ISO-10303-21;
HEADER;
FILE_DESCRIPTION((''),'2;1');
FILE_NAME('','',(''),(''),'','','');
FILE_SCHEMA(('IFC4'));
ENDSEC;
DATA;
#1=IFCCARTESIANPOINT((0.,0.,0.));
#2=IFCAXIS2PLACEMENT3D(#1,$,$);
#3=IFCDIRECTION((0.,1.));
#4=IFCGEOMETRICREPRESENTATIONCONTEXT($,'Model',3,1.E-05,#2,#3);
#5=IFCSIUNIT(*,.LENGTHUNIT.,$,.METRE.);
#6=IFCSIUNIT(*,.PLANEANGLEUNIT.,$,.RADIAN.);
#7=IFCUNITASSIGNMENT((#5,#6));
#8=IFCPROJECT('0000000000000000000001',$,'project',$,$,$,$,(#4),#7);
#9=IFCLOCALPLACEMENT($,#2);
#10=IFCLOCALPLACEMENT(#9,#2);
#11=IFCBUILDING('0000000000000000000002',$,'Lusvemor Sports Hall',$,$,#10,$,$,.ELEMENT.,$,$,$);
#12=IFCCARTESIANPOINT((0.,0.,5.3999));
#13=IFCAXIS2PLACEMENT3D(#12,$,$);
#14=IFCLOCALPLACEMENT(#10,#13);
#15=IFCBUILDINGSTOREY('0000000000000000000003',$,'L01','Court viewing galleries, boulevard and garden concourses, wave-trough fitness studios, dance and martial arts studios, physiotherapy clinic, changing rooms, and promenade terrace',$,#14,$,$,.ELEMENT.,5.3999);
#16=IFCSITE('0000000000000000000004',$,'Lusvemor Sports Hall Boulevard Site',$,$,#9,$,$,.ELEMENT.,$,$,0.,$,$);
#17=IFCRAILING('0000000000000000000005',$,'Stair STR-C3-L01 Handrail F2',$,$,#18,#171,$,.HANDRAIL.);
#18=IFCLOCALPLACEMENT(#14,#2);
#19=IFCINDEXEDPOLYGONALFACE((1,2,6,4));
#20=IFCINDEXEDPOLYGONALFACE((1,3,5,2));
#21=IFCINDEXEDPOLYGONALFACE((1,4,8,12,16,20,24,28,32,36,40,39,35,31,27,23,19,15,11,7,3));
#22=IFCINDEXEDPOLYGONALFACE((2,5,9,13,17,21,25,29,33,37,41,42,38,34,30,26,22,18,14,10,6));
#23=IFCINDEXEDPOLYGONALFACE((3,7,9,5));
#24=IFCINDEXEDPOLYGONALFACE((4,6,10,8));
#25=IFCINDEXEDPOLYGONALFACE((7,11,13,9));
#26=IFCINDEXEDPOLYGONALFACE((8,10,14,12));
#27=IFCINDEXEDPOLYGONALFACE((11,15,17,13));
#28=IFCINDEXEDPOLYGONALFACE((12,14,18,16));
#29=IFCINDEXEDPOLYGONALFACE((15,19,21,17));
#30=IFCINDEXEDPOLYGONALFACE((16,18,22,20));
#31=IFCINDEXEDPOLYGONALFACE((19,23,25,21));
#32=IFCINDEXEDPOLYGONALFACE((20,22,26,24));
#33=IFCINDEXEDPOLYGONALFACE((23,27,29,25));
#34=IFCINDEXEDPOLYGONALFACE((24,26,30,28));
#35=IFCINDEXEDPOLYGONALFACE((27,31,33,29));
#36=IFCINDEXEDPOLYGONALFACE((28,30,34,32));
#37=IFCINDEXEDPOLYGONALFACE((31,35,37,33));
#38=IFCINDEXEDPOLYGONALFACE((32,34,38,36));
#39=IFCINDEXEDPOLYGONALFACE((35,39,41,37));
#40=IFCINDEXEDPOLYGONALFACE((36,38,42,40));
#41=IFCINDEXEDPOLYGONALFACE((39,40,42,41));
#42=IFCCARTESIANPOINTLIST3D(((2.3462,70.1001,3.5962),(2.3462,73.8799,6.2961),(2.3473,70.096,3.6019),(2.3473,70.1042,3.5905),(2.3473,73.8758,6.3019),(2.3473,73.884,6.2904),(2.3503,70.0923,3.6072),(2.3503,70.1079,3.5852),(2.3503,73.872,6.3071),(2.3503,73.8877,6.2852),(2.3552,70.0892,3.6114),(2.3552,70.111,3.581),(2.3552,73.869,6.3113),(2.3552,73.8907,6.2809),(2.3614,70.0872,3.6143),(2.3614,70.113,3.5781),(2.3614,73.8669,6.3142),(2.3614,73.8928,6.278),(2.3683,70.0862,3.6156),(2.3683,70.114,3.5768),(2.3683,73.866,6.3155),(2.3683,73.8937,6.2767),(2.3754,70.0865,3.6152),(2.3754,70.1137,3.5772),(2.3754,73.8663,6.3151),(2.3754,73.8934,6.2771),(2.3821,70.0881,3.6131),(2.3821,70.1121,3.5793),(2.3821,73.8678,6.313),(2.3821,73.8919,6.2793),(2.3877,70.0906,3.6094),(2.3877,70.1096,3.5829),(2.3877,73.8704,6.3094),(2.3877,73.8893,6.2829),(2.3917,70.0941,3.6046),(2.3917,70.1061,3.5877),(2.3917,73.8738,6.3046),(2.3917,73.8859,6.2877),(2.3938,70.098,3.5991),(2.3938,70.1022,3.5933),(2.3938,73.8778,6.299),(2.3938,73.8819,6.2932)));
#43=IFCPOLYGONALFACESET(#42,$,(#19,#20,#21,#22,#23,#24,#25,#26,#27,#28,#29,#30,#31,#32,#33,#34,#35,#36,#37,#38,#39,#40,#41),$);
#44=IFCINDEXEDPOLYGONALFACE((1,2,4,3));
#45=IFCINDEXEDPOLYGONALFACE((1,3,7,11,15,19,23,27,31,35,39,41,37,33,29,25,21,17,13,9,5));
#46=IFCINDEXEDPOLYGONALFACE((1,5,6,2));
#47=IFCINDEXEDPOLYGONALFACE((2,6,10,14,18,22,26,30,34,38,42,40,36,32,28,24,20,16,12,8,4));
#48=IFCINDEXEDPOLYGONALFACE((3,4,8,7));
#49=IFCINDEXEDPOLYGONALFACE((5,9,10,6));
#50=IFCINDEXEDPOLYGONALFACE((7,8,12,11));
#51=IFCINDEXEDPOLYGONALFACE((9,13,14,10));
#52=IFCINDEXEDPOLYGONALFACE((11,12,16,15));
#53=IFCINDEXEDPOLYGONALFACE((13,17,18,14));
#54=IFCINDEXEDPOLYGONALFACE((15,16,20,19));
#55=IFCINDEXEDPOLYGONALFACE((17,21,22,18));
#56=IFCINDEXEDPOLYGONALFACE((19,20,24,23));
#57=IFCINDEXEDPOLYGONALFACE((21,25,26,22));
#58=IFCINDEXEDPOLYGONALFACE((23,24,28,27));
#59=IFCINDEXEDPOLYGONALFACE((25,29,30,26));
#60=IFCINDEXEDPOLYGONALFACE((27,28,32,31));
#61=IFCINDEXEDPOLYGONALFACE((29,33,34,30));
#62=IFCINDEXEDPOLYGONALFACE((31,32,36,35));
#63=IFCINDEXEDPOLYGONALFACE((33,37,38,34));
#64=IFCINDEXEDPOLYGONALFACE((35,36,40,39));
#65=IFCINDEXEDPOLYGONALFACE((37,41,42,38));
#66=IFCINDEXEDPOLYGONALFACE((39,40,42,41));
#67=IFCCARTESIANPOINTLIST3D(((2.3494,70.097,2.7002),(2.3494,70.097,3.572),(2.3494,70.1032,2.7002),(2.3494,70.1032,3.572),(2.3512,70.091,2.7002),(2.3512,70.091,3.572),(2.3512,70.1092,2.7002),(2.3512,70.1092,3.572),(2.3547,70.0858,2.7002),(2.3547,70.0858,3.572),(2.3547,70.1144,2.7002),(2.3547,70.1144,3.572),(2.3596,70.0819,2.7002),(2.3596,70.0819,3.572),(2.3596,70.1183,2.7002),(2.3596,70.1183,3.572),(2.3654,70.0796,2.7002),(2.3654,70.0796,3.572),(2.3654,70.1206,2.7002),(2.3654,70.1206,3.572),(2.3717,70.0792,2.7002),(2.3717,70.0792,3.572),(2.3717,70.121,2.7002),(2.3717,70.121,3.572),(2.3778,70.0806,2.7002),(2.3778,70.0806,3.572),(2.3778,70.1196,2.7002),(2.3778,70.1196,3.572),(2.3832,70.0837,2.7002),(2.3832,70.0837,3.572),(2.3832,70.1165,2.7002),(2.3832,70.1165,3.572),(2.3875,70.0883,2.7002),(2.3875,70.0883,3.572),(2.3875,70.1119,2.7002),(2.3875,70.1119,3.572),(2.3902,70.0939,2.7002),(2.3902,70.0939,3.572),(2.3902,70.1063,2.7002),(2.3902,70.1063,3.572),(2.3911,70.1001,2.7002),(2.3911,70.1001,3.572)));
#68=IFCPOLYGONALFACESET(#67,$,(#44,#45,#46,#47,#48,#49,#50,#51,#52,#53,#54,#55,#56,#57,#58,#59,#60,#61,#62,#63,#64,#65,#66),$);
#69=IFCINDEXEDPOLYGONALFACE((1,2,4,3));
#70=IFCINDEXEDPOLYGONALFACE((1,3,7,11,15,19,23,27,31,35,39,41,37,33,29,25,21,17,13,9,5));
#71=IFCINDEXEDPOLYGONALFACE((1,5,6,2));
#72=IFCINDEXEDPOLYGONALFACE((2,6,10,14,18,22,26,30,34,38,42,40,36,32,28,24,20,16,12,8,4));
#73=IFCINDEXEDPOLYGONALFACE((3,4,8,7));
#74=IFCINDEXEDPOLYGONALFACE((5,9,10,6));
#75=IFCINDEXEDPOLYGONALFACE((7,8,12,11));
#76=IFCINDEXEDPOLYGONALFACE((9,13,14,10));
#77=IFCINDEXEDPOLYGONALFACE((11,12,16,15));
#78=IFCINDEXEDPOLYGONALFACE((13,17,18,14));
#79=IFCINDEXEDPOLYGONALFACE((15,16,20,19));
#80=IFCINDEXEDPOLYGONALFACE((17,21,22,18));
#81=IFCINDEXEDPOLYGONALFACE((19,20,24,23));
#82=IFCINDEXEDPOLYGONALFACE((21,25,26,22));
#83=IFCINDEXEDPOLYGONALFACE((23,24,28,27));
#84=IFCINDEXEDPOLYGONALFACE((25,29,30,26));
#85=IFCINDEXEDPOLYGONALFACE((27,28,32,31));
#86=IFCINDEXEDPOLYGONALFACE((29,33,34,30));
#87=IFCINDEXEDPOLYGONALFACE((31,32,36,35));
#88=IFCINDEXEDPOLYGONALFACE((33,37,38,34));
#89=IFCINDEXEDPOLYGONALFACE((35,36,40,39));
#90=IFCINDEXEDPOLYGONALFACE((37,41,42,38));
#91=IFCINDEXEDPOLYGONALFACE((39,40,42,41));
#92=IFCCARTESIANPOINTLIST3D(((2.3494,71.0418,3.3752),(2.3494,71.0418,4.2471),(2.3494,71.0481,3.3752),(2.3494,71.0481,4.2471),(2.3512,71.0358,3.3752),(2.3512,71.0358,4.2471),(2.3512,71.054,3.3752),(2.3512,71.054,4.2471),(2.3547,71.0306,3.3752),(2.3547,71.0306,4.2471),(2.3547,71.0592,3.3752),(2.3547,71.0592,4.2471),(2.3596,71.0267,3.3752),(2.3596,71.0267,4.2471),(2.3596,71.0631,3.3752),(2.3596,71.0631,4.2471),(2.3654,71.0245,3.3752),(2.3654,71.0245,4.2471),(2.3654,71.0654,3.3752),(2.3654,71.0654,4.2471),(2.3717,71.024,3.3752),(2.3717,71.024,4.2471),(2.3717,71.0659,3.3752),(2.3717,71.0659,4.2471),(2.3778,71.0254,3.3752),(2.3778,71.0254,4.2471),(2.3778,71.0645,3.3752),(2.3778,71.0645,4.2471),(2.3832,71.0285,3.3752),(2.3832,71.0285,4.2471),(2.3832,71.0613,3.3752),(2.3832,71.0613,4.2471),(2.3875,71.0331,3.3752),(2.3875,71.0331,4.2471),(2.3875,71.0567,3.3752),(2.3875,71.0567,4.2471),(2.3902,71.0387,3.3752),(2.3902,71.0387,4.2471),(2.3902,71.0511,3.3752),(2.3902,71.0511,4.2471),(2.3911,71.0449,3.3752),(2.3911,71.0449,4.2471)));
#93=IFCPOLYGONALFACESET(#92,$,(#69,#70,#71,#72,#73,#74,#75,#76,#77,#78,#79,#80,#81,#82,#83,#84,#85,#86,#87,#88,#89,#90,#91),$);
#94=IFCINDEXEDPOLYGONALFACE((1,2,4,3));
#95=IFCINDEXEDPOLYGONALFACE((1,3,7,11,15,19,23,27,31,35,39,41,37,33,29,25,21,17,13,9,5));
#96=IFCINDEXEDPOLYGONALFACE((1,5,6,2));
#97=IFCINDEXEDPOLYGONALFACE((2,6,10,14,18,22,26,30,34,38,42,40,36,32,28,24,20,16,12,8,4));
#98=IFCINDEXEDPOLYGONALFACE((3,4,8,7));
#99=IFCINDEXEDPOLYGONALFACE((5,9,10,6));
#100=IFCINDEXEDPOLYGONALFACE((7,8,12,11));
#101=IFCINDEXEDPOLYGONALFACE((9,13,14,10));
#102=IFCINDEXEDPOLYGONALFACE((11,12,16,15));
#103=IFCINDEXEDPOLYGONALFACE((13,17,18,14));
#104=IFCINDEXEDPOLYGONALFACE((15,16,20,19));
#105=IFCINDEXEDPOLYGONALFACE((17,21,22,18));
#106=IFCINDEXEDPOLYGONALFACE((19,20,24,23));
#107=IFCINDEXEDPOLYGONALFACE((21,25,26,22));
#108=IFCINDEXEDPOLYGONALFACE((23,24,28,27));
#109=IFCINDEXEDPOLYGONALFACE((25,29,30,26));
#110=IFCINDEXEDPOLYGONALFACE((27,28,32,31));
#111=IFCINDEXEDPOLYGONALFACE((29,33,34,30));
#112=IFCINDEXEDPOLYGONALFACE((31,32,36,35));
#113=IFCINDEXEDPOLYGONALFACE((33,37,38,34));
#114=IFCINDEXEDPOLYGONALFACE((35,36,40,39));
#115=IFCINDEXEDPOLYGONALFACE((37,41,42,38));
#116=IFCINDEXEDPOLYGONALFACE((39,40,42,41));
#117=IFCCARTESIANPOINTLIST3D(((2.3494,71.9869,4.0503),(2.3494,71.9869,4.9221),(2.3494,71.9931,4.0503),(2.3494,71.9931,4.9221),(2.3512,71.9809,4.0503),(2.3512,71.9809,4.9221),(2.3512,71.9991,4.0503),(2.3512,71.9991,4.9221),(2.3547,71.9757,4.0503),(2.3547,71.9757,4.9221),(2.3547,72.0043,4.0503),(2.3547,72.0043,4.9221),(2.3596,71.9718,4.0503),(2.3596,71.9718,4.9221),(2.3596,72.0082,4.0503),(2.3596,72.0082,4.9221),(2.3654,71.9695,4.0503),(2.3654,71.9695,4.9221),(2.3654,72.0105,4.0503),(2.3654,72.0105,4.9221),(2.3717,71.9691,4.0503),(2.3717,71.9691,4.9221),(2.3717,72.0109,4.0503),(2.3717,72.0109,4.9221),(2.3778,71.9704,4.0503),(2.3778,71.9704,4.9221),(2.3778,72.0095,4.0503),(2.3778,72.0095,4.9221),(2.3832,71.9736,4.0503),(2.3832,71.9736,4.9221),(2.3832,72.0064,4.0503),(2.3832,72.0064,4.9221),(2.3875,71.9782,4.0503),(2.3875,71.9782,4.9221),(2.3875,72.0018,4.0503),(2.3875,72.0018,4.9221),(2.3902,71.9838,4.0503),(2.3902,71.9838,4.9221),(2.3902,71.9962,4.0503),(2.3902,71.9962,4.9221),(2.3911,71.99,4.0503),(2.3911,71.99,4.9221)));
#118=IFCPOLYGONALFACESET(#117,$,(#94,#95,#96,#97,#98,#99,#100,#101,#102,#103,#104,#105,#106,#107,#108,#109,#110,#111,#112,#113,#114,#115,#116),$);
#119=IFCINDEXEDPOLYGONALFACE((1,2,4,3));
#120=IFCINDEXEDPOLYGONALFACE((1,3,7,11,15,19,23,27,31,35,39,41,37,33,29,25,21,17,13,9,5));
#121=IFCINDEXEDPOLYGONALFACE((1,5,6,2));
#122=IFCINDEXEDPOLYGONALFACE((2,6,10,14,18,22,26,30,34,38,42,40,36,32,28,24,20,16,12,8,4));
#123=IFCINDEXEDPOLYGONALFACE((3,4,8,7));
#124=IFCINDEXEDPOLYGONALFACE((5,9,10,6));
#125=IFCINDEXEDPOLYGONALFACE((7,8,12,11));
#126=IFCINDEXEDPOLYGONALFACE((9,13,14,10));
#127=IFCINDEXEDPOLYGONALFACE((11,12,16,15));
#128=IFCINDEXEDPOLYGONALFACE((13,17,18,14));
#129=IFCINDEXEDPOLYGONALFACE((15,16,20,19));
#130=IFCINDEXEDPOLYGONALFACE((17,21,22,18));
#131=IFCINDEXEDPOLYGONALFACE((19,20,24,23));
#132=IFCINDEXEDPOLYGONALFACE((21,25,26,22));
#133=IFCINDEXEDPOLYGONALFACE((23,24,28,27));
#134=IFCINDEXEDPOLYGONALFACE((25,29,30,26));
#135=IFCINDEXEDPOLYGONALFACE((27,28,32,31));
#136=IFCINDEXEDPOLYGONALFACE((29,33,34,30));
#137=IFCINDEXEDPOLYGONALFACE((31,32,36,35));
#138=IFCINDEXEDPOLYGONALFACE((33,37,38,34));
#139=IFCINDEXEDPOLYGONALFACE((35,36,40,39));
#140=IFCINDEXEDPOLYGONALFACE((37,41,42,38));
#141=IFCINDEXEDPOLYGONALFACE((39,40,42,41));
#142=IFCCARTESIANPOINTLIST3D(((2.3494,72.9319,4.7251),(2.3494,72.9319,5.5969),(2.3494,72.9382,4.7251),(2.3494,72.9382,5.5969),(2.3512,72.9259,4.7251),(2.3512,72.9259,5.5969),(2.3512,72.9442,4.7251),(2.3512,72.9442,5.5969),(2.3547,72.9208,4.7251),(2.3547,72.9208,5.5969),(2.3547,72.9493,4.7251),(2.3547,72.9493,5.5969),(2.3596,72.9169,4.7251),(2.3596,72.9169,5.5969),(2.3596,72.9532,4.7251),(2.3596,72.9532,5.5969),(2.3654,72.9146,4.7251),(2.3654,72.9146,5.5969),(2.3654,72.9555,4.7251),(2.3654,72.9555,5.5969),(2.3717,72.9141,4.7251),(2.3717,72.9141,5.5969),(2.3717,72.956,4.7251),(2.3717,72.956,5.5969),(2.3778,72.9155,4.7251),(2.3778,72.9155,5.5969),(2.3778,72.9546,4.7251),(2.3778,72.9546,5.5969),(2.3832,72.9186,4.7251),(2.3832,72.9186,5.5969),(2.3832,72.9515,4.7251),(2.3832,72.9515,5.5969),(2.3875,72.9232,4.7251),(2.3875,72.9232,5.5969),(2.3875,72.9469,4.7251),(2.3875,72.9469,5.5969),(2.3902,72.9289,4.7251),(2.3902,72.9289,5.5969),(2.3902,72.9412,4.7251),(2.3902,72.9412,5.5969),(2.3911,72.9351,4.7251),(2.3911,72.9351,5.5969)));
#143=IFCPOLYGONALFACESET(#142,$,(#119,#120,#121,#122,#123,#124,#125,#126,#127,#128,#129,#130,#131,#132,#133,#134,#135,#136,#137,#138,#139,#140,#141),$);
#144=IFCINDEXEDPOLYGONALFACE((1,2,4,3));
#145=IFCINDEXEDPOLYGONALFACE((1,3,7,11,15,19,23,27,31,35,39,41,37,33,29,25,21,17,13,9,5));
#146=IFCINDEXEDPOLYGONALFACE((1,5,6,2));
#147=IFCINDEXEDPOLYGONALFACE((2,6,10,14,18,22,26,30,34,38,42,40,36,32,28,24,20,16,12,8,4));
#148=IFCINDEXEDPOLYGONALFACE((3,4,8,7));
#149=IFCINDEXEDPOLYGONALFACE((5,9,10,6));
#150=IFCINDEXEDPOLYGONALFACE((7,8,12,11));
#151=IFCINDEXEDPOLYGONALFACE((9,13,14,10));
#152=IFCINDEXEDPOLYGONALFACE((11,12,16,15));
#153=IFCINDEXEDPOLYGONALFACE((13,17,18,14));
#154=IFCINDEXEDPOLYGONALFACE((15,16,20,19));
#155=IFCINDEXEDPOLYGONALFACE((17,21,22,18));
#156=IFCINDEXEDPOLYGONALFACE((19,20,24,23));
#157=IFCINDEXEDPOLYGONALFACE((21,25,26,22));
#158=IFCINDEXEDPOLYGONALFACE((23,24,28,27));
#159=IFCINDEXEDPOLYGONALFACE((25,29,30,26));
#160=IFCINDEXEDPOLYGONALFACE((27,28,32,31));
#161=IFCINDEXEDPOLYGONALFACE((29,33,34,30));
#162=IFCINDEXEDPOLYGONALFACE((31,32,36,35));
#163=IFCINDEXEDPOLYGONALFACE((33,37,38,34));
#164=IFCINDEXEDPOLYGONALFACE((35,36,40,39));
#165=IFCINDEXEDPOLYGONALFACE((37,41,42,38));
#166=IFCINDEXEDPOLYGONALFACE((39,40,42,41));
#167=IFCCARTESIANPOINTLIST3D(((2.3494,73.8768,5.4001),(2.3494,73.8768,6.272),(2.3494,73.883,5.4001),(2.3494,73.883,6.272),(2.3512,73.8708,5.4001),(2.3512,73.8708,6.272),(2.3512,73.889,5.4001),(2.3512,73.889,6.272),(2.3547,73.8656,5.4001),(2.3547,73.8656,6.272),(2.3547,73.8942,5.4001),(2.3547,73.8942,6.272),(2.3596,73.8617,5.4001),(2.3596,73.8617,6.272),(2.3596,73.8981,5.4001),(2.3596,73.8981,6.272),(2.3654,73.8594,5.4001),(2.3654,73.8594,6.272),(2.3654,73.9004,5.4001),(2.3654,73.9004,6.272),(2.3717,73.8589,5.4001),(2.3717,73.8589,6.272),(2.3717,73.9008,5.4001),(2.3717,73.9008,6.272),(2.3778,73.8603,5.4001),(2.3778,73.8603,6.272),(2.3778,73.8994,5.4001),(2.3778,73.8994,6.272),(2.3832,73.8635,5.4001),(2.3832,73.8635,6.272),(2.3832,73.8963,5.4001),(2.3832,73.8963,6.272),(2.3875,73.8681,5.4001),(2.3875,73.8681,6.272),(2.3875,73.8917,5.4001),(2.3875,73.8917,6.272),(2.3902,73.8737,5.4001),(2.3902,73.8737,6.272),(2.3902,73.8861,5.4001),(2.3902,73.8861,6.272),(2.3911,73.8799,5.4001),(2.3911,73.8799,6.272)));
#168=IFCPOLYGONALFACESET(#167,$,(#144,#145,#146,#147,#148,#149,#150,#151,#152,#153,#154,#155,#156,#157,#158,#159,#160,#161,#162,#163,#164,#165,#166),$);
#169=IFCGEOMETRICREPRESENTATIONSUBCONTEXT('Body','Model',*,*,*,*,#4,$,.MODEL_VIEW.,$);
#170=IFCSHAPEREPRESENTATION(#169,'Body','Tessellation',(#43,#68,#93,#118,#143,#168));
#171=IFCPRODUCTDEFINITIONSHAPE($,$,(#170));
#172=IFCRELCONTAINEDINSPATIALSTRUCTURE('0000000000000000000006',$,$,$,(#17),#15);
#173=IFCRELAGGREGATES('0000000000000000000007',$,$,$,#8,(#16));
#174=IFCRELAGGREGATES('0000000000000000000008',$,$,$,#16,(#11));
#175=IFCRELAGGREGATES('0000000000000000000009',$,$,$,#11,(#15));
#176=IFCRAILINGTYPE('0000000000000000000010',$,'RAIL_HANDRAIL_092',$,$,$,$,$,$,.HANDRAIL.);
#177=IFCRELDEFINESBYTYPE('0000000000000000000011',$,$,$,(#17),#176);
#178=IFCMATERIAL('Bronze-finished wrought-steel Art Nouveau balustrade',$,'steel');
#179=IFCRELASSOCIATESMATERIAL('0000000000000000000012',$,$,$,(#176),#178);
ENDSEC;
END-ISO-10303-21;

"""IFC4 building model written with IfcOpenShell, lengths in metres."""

from ifc_helpers import new_model, si_unit, direction, frame, origin, origin_2d, place, context, subcontext, project, spatial, circle, extrude, material, type_object, element, save


model = new_model("IFC4")

# Units and contexts
model_context = context("Model", 3, precision=1e-05, world=origin(), true_north=direction((0.0, 1.0)))
body_context = subcontext(model_context, "Body", "Model", "MODEL_VIEW")
ifc_project = project(units=[si_unit("LENGTHUNIT", "METRE"), si_unit("PLANEANGLEUNIT", "RADIAN")], contexts=[model_context])

# Site, building, storey
site_placement = place(None, origin())
site = spatial("IfcSite", under=ifc_project, at=site_placement, Name="Lusvemor Sports Hall Boulevard Site", CompositionType="ELEMENT", RefElevation=0.0)
building_placement = place(site_placement, origin())
building = spatial("IfcBuilding", under=site, at=building_placement, Name="Lusvemor Sports Hall", CompositionType="ELEMENT")
storey_placement = place(building_placement, frame((0.0, 0.0, 5.3999)))
storey = spatial("IfcBuildingStorey", under=building, at=storey_placement, Name="L01", Description="Court viewing galleries, boulevard and garden concourses, wave-trough fitness studios, dance and martial arts studios, physiotherapy clinic, changing rooms, and promenade terrace", CompositionType="ELEMENT", Elevation=5.3999)

# Railing
ifc_material_1 = material(Name="Bronze-finished wrought-steel Art Nouveau balustrade", Category="steel")
railing_type_1 = type_object("IfcRailingType", Name="RAIL_HANDRAIL_092", PredefinedType="HANDRAIL", material=ifc_material_1)
railing_1_placement = place(storey_placement, frame((2.3701, 70.1001, 2.7002)))
element("IfcRailing", 1, at=railing_1_placement, inside=storey, type_object=railing_type_1, Name="Stair STR-C3-L01 Handrail F2", PredefinedType="HANDRAIL", context=body_context, shape_type="SweptSolid", body=[
    extrude(circle(Radius=0.0239, at=origin_2d()), frame((0.0, 0.0, 0.896), z_axis=(0.0, 0.813723, 0.581253), x_axis=(-1.0, 0.0, 0.0)), (0.0, 0.0, 1.0), 4.645),
    extrude(circle(Radius=0.021, at=origin_2d()), origin(), (0.0, 0.0, 1.0), 0.8718),
    extrude(circle(Radius=0.021, at=origin_2d()), frame((0.0, 0.9448, 0.675)), (0.0, 0.0, 1.0), 0.8718),
    extrude(circle(Radius=0.021, at=origin_2d()), frame((0.0, 1.8899, 1.3501)), (0.0, 0.0, 1.0), 0.8718),
    extrude(circle(Radius=0.021, at=origin_2d()), frame((0.0, 2.835, 2.0249)), (0.0, 0.0, 1.0), 0.8718),
    extrude(circle(Radius=0.021, at=origin_2d()), frame((0.0, 3.7798, 2.7)), (0.0, 0.0, 1.0), 0.8718),
])

save(model, "model.ifc")
